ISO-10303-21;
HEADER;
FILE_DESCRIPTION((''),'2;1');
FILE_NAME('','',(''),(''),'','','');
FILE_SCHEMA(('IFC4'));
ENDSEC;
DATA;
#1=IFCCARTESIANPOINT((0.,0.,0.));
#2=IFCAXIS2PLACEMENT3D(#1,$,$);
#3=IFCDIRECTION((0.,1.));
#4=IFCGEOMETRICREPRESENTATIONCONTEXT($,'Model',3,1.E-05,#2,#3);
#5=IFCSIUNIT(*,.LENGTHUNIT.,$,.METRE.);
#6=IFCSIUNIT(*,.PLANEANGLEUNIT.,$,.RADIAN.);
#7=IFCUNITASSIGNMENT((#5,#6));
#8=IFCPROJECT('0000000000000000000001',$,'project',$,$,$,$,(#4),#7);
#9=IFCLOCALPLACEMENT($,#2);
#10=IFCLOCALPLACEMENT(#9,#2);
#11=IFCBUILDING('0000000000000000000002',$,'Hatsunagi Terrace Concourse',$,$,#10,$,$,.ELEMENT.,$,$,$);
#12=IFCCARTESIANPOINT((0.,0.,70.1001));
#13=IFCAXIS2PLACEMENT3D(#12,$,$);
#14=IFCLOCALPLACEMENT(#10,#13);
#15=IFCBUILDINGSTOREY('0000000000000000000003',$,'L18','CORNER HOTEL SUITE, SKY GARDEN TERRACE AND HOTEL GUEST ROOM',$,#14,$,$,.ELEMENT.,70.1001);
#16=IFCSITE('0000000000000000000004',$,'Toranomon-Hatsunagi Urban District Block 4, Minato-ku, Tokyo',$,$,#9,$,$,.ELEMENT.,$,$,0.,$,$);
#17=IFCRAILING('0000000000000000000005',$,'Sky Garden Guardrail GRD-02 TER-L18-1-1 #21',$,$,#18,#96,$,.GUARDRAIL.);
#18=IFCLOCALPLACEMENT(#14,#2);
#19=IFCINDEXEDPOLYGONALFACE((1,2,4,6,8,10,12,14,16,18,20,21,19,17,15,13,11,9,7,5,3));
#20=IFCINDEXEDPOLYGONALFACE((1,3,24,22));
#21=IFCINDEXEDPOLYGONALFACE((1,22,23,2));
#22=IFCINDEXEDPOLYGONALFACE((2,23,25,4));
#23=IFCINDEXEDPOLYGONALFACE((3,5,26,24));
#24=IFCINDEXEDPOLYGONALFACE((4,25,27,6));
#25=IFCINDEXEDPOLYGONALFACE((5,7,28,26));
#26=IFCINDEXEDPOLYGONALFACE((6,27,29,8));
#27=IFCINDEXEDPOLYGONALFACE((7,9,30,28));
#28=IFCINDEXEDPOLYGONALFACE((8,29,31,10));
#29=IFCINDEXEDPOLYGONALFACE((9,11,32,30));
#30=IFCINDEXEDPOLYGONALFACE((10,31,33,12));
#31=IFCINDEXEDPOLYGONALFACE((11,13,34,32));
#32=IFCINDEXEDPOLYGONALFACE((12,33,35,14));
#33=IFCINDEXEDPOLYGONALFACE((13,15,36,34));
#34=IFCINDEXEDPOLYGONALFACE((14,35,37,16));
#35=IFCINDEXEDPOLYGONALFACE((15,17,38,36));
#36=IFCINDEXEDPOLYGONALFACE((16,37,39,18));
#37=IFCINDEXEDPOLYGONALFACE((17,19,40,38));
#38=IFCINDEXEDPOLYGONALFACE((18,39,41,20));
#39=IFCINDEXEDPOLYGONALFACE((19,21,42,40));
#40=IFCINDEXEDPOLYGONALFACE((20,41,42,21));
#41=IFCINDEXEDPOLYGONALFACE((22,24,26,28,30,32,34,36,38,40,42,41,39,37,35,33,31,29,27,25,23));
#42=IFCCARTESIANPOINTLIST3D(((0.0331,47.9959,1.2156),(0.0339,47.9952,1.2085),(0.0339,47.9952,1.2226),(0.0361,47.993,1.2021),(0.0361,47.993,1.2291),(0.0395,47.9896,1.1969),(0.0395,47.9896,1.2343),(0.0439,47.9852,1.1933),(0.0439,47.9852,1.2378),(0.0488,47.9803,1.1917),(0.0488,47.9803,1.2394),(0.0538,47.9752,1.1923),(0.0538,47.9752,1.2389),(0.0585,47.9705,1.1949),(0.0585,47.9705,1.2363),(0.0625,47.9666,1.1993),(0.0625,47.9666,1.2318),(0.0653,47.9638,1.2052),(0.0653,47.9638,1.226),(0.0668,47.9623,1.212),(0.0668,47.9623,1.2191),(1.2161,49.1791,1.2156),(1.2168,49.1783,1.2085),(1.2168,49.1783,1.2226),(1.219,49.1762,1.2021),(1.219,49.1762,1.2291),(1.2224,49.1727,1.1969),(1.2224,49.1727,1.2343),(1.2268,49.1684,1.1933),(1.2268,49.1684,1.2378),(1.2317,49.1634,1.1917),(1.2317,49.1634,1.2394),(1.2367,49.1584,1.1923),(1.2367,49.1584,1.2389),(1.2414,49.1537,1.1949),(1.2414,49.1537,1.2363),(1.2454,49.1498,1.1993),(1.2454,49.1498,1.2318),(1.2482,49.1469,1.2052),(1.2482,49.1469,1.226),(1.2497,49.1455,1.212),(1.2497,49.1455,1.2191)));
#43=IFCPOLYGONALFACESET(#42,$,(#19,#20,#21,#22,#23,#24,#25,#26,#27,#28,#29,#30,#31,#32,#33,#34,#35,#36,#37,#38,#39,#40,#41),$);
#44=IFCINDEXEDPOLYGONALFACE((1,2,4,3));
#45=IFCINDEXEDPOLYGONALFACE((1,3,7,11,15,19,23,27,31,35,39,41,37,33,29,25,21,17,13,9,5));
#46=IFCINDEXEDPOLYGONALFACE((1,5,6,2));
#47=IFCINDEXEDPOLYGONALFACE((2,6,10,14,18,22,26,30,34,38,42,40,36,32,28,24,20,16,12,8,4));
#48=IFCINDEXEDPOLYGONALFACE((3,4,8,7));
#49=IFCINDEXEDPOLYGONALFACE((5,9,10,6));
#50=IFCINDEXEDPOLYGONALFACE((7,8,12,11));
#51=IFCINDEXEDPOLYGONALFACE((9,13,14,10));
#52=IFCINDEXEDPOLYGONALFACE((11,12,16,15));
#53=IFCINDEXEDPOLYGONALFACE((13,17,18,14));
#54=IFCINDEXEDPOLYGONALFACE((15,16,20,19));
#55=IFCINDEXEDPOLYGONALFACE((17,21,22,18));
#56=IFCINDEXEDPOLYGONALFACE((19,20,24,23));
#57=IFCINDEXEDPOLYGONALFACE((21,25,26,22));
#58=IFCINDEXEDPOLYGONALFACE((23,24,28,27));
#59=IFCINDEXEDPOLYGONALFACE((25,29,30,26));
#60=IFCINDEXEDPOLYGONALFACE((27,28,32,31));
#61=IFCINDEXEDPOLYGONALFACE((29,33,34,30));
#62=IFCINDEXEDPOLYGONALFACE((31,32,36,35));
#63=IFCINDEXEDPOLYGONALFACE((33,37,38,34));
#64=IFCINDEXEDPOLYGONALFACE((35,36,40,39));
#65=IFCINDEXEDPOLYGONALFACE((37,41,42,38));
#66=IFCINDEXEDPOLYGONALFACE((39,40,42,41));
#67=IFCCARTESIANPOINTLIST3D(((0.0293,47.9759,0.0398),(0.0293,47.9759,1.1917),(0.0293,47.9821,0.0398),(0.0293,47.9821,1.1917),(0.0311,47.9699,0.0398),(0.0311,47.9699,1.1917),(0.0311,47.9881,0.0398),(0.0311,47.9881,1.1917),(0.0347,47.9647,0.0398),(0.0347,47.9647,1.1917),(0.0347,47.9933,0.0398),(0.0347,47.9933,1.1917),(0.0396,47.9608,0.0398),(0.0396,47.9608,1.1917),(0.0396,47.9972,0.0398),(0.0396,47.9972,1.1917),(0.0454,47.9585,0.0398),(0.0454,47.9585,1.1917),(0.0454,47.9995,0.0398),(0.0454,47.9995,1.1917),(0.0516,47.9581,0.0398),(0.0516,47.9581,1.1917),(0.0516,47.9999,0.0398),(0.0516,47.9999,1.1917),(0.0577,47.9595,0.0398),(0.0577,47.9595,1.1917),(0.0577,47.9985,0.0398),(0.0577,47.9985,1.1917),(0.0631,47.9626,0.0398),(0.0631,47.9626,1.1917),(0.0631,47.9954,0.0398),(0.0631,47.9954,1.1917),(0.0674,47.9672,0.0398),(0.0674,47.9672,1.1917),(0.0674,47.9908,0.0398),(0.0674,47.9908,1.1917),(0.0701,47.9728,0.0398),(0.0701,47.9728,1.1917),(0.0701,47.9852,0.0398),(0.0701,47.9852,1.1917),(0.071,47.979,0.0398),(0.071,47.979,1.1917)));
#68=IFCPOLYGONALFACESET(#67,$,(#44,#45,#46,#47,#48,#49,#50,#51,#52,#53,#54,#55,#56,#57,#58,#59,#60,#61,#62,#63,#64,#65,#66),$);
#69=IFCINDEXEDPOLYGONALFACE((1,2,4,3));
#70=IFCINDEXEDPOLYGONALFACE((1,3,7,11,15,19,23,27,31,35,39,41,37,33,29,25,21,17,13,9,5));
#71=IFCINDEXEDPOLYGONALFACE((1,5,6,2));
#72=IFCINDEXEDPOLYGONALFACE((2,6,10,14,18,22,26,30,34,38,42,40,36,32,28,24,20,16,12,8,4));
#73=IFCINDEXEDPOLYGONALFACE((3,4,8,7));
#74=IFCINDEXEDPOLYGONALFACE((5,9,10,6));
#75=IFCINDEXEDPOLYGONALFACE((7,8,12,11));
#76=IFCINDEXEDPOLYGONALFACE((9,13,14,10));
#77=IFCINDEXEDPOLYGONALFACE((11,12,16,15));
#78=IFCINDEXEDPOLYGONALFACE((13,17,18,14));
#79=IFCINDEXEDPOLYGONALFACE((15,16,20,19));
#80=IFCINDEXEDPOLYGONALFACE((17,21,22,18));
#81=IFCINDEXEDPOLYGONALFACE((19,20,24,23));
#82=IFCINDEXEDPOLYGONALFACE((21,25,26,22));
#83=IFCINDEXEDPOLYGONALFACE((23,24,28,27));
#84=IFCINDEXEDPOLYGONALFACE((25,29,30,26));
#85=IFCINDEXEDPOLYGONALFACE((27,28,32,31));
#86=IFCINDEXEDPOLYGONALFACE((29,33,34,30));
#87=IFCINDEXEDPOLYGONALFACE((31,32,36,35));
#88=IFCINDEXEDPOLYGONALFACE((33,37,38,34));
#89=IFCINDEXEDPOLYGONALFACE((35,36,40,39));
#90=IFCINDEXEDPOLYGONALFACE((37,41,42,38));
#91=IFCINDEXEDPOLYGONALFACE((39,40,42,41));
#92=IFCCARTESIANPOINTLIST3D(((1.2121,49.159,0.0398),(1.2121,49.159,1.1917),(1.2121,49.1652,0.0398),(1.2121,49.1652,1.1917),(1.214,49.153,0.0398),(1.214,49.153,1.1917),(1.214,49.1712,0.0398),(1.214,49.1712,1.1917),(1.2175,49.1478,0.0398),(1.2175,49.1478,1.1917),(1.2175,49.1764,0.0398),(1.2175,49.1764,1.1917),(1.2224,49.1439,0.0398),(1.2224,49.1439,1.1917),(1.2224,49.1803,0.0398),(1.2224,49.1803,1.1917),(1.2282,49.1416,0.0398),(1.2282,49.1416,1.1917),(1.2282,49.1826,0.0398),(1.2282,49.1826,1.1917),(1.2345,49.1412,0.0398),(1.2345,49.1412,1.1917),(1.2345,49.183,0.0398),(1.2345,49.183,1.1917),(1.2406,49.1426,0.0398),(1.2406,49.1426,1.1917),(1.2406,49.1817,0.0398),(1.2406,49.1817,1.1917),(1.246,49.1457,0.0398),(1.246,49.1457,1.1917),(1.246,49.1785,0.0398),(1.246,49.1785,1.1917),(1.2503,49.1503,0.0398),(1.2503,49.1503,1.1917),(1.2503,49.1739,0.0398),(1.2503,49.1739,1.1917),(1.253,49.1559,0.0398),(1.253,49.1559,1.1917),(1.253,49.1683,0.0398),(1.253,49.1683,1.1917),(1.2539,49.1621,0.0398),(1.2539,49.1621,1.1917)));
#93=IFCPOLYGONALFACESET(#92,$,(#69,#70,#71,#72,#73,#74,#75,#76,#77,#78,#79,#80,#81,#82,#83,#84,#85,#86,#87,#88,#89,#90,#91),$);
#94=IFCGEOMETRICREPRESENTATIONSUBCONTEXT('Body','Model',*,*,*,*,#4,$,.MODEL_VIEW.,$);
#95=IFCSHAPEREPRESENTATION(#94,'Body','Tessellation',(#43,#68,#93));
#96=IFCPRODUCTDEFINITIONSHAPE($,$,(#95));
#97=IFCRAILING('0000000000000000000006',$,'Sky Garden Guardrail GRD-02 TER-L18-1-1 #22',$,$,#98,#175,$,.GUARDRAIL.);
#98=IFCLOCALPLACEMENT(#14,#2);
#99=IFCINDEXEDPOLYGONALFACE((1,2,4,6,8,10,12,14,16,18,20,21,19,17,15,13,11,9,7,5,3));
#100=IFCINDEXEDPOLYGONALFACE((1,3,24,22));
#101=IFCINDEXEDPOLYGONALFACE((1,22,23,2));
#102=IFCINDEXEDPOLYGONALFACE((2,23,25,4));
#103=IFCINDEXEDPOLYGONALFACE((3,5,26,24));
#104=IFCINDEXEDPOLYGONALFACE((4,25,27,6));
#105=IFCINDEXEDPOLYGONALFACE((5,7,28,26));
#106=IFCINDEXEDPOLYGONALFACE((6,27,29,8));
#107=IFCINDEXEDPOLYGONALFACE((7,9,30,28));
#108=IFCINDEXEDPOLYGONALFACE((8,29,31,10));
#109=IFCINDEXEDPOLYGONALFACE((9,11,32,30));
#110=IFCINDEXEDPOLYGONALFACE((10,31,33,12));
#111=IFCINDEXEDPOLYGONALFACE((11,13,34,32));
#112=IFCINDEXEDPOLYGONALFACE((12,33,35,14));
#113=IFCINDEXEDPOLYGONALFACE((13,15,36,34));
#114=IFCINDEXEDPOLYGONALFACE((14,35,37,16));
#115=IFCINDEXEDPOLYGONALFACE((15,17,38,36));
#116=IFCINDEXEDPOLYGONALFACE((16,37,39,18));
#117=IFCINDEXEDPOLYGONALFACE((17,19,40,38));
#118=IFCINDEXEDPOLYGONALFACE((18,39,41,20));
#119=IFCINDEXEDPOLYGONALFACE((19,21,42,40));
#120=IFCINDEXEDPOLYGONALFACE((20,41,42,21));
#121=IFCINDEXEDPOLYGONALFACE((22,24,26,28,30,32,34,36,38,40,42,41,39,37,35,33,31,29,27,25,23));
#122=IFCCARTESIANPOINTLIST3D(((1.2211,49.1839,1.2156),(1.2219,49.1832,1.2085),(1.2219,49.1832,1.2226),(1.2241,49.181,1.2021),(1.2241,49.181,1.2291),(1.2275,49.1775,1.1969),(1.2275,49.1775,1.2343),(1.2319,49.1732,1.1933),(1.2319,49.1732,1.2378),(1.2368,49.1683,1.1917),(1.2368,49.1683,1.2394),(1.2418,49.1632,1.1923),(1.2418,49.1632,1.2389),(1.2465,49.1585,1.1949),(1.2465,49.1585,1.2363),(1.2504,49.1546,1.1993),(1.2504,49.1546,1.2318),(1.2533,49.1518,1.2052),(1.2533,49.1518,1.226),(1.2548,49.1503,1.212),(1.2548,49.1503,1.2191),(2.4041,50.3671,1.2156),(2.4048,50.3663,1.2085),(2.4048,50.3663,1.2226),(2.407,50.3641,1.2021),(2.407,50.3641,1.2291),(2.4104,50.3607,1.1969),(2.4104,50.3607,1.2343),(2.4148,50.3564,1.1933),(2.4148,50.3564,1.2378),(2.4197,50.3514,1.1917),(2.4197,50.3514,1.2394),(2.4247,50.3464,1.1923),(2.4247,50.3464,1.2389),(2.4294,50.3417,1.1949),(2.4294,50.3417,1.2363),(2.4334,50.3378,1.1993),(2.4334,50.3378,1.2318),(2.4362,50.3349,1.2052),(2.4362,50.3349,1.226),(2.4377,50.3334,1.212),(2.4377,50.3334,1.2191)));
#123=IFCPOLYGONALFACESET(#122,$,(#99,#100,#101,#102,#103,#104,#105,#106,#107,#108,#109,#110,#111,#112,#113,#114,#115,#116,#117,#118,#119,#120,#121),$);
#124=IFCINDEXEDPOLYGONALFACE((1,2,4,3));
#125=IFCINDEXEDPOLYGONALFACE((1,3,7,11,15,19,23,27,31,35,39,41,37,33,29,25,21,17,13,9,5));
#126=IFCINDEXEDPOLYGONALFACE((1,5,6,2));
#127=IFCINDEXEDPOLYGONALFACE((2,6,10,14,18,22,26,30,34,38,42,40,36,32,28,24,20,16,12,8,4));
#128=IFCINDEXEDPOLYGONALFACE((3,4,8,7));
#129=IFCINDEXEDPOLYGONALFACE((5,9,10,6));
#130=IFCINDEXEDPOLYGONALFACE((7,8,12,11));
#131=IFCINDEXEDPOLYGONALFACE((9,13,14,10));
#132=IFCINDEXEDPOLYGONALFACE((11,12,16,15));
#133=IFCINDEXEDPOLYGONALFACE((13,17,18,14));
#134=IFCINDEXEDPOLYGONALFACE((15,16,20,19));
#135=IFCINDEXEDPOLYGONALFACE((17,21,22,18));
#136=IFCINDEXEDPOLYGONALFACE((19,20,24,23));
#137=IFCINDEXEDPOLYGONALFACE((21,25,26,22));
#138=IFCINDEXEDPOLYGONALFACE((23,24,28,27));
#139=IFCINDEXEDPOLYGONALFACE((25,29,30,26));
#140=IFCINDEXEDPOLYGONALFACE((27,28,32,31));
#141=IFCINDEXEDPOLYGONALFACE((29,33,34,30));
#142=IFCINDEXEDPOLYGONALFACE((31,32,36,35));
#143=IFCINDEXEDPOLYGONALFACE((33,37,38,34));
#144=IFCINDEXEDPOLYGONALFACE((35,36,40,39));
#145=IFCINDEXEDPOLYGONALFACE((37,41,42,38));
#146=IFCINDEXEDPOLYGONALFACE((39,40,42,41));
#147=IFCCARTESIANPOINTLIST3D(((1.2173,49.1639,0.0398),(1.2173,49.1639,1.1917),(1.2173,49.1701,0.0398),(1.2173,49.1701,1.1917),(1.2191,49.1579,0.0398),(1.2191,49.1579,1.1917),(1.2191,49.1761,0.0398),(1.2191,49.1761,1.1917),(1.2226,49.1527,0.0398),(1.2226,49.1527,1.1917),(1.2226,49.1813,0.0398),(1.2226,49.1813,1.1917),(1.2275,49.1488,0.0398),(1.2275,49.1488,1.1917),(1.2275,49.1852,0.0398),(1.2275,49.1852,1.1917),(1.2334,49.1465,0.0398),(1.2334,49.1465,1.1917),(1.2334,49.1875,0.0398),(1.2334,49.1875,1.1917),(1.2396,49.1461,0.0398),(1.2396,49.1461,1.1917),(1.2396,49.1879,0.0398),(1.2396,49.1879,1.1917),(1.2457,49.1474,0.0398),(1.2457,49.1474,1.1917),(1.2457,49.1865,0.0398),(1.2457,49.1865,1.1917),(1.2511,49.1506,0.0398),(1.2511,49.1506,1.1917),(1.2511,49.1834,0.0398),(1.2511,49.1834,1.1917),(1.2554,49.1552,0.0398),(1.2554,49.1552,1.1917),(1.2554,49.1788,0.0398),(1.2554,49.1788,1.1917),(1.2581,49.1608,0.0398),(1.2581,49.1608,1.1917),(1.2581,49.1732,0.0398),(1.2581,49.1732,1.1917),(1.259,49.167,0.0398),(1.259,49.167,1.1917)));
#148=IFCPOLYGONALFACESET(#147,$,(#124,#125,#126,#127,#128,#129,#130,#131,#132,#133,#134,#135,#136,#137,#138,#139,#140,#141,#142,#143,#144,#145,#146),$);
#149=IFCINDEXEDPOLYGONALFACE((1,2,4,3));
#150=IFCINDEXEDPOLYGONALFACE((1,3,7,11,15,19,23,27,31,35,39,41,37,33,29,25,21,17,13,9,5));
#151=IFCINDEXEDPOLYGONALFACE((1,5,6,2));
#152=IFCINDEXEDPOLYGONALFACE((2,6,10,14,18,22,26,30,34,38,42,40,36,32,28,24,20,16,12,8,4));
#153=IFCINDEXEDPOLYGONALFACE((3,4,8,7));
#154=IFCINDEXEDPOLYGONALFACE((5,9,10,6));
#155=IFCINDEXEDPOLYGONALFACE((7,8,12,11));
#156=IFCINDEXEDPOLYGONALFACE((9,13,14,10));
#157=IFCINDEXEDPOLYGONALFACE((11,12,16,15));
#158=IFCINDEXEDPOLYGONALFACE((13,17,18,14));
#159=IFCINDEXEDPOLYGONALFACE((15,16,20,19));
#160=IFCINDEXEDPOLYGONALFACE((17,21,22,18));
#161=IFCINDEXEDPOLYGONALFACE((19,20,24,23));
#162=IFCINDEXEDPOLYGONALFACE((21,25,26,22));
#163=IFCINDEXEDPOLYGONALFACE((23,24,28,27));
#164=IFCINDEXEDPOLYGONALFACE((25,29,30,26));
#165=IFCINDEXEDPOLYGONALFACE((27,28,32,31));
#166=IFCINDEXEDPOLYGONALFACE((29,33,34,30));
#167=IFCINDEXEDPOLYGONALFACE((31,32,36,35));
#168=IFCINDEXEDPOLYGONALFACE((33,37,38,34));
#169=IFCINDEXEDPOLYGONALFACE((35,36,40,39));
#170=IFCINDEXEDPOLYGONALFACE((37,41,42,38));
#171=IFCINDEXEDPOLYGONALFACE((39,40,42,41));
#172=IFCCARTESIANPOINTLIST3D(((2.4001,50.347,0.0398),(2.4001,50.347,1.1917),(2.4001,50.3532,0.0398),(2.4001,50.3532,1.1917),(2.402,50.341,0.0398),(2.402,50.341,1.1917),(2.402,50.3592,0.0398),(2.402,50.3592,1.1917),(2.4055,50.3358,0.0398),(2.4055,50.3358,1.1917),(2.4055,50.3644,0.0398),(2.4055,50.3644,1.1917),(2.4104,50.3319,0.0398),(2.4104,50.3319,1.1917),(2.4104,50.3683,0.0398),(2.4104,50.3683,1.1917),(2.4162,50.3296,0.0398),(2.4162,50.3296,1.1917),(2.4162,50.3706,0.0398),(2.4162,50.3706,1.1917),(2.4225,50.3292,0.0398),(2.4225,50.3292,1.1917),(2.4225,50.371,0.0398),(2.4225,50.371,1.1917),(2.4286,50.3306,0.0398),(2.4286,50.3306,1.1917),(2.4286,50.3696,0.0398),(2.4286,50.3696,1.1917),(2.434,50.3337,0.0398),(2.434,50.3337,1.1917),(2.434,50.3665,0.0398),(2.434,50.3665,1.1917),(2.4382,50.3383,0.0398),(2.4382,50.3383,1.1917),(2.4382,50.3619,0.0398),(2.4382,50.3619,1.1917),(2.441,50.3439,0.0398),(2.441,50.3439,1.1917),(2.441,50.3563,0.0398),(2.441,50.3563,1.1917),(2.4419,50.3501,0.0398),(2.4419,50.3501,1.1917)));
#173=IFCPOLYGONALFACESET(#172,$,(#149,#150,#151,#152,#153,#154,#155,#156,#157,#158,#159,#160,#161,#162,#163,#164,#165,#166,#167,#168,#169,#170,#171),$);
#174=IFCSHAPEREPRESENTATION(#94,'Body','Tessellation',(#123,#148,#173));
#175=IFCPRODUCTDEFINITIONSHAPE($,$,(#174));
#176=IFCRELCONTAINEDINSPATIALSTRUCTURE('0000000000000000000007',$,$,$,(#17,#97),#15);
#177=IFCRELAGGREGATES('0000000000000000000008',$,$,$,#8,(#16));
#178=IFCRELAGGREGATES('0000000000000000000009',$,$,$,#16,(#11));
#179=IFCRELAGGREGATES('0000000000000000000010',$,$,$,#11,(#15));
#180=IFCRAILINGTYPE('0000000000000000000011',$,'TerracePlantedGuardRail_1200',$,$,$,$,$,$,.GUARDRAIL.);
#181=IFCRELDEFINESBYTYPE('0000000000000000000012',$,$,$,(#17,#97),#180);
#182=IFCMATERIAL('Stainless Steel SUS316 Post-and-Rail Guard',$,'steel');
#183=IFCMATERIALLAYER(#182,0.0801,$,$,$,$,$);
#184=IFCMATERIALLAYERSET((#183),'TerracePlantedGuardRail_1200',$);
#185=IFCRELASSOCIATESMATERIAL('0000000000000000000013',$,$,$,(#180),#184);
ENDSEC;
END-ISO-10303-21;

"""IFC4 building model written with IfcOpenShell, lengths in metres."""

from ifc_helpers import new_model, si_unit, direction, frame, origin, origin_2d, place, context, subcontext, project, spatial, circle, extrude, material, layer, layer_set, type_object, element, save


model = new_model("IFC4")

# Units and contexts
model_context = context("Model", 3, precision=1e-05, world=origin(), true_north=direction((0.0, 1.0)))
body_context = subcontext(model_context, "Body", "Model", "MODEL_VIEW")
ifc_project = project(units=[si_unit("LENGTHUNIT", "METRE"), si_unit("PLANEANGLEUNIT", "RADIAN")], contexts=[model_context])

# Site, building, storey
site_placement = place(None, origin())
site = spatial("IfcSite", under=ifc_project, at=site_placement, Name="Toranomon-Hatsunagi Urban District Block 4, Minato-ku, Tokyo", CompositionType="ELEMENT", RefElevation=0.0)
building_placement = place(site_placement, origin())
building = spatial("IfcBuilding", under=site, at=building_placement, Name="Hatsunagi Terrace Concourse", CompositionType="ELEMENT")
storey_placement = place(building_placement, frame((0.0, 0.0, 70.1001)))
storey = spatial("IfcBuildingStorey", under=building, at=storey_placement, Name="L18", Description="CORNER HOTEL SUITE, SKY GARDEN TERRACE AND HOTEL GUEST ROOM", CompositionType="ELEMENT", Elevation=70.1001)

# Railings
ifc_material_1 = material(Name="Stainless Steel SUS316 Post-and-Rail Guard", Category="steel")
ifc_layer_1 = layer(ifc_material_1, 0.0801)
ifc_layer_set_1 = layer_set([ifc_layer_1], Name="TerracePlantedGuardRail_1200")
railing_type = type_object("IfcRailingType", Name="TerracePlantedGuardRail_1200", PredefinedType="GUARDRAIL", material=ifc_layer_set_1)
for number, where, name in (
    (1, (0.05, 47.979, 0.0398), "Sky Garden Guardrail GRD-02 TER-L18-1-1 #21"),
    (2, (1.238, 49.167, 0.0398), "Sky Garden Guardrail GRD-02 TER-L18-1-1 #22"),
):
    element("IfcRailing", number, at=place(storey_placement, frame(where)), inside=storey, type_object=railing_type, Name=name, PredefinedType="GUARDRAIL", context=body_context, shape_type="SweptSolid", body=[
        extrude(circle(Radius=0.0239, at=origin_2d()), frame((0.0, 0.0, 1.1758), z_axis=(0.707034, 0.70718, 0.0), x_axis=(-0.70718, 0.707034, 0.0)), (0.0, 0.0, 1.0), 1.6731),
        extrude(circle(Radius=0.021, at=origin_2d()), origin(), (0.0, 0.0, 1.0), 1.1519),
        extrude(circle(Radius=0.021, at=origin_2d()), frame((1.1829, 1.1831, 0.0)), (0.0, 0.0, 1.0), 1.1519),
    ])

save(model, "model.ifc")
